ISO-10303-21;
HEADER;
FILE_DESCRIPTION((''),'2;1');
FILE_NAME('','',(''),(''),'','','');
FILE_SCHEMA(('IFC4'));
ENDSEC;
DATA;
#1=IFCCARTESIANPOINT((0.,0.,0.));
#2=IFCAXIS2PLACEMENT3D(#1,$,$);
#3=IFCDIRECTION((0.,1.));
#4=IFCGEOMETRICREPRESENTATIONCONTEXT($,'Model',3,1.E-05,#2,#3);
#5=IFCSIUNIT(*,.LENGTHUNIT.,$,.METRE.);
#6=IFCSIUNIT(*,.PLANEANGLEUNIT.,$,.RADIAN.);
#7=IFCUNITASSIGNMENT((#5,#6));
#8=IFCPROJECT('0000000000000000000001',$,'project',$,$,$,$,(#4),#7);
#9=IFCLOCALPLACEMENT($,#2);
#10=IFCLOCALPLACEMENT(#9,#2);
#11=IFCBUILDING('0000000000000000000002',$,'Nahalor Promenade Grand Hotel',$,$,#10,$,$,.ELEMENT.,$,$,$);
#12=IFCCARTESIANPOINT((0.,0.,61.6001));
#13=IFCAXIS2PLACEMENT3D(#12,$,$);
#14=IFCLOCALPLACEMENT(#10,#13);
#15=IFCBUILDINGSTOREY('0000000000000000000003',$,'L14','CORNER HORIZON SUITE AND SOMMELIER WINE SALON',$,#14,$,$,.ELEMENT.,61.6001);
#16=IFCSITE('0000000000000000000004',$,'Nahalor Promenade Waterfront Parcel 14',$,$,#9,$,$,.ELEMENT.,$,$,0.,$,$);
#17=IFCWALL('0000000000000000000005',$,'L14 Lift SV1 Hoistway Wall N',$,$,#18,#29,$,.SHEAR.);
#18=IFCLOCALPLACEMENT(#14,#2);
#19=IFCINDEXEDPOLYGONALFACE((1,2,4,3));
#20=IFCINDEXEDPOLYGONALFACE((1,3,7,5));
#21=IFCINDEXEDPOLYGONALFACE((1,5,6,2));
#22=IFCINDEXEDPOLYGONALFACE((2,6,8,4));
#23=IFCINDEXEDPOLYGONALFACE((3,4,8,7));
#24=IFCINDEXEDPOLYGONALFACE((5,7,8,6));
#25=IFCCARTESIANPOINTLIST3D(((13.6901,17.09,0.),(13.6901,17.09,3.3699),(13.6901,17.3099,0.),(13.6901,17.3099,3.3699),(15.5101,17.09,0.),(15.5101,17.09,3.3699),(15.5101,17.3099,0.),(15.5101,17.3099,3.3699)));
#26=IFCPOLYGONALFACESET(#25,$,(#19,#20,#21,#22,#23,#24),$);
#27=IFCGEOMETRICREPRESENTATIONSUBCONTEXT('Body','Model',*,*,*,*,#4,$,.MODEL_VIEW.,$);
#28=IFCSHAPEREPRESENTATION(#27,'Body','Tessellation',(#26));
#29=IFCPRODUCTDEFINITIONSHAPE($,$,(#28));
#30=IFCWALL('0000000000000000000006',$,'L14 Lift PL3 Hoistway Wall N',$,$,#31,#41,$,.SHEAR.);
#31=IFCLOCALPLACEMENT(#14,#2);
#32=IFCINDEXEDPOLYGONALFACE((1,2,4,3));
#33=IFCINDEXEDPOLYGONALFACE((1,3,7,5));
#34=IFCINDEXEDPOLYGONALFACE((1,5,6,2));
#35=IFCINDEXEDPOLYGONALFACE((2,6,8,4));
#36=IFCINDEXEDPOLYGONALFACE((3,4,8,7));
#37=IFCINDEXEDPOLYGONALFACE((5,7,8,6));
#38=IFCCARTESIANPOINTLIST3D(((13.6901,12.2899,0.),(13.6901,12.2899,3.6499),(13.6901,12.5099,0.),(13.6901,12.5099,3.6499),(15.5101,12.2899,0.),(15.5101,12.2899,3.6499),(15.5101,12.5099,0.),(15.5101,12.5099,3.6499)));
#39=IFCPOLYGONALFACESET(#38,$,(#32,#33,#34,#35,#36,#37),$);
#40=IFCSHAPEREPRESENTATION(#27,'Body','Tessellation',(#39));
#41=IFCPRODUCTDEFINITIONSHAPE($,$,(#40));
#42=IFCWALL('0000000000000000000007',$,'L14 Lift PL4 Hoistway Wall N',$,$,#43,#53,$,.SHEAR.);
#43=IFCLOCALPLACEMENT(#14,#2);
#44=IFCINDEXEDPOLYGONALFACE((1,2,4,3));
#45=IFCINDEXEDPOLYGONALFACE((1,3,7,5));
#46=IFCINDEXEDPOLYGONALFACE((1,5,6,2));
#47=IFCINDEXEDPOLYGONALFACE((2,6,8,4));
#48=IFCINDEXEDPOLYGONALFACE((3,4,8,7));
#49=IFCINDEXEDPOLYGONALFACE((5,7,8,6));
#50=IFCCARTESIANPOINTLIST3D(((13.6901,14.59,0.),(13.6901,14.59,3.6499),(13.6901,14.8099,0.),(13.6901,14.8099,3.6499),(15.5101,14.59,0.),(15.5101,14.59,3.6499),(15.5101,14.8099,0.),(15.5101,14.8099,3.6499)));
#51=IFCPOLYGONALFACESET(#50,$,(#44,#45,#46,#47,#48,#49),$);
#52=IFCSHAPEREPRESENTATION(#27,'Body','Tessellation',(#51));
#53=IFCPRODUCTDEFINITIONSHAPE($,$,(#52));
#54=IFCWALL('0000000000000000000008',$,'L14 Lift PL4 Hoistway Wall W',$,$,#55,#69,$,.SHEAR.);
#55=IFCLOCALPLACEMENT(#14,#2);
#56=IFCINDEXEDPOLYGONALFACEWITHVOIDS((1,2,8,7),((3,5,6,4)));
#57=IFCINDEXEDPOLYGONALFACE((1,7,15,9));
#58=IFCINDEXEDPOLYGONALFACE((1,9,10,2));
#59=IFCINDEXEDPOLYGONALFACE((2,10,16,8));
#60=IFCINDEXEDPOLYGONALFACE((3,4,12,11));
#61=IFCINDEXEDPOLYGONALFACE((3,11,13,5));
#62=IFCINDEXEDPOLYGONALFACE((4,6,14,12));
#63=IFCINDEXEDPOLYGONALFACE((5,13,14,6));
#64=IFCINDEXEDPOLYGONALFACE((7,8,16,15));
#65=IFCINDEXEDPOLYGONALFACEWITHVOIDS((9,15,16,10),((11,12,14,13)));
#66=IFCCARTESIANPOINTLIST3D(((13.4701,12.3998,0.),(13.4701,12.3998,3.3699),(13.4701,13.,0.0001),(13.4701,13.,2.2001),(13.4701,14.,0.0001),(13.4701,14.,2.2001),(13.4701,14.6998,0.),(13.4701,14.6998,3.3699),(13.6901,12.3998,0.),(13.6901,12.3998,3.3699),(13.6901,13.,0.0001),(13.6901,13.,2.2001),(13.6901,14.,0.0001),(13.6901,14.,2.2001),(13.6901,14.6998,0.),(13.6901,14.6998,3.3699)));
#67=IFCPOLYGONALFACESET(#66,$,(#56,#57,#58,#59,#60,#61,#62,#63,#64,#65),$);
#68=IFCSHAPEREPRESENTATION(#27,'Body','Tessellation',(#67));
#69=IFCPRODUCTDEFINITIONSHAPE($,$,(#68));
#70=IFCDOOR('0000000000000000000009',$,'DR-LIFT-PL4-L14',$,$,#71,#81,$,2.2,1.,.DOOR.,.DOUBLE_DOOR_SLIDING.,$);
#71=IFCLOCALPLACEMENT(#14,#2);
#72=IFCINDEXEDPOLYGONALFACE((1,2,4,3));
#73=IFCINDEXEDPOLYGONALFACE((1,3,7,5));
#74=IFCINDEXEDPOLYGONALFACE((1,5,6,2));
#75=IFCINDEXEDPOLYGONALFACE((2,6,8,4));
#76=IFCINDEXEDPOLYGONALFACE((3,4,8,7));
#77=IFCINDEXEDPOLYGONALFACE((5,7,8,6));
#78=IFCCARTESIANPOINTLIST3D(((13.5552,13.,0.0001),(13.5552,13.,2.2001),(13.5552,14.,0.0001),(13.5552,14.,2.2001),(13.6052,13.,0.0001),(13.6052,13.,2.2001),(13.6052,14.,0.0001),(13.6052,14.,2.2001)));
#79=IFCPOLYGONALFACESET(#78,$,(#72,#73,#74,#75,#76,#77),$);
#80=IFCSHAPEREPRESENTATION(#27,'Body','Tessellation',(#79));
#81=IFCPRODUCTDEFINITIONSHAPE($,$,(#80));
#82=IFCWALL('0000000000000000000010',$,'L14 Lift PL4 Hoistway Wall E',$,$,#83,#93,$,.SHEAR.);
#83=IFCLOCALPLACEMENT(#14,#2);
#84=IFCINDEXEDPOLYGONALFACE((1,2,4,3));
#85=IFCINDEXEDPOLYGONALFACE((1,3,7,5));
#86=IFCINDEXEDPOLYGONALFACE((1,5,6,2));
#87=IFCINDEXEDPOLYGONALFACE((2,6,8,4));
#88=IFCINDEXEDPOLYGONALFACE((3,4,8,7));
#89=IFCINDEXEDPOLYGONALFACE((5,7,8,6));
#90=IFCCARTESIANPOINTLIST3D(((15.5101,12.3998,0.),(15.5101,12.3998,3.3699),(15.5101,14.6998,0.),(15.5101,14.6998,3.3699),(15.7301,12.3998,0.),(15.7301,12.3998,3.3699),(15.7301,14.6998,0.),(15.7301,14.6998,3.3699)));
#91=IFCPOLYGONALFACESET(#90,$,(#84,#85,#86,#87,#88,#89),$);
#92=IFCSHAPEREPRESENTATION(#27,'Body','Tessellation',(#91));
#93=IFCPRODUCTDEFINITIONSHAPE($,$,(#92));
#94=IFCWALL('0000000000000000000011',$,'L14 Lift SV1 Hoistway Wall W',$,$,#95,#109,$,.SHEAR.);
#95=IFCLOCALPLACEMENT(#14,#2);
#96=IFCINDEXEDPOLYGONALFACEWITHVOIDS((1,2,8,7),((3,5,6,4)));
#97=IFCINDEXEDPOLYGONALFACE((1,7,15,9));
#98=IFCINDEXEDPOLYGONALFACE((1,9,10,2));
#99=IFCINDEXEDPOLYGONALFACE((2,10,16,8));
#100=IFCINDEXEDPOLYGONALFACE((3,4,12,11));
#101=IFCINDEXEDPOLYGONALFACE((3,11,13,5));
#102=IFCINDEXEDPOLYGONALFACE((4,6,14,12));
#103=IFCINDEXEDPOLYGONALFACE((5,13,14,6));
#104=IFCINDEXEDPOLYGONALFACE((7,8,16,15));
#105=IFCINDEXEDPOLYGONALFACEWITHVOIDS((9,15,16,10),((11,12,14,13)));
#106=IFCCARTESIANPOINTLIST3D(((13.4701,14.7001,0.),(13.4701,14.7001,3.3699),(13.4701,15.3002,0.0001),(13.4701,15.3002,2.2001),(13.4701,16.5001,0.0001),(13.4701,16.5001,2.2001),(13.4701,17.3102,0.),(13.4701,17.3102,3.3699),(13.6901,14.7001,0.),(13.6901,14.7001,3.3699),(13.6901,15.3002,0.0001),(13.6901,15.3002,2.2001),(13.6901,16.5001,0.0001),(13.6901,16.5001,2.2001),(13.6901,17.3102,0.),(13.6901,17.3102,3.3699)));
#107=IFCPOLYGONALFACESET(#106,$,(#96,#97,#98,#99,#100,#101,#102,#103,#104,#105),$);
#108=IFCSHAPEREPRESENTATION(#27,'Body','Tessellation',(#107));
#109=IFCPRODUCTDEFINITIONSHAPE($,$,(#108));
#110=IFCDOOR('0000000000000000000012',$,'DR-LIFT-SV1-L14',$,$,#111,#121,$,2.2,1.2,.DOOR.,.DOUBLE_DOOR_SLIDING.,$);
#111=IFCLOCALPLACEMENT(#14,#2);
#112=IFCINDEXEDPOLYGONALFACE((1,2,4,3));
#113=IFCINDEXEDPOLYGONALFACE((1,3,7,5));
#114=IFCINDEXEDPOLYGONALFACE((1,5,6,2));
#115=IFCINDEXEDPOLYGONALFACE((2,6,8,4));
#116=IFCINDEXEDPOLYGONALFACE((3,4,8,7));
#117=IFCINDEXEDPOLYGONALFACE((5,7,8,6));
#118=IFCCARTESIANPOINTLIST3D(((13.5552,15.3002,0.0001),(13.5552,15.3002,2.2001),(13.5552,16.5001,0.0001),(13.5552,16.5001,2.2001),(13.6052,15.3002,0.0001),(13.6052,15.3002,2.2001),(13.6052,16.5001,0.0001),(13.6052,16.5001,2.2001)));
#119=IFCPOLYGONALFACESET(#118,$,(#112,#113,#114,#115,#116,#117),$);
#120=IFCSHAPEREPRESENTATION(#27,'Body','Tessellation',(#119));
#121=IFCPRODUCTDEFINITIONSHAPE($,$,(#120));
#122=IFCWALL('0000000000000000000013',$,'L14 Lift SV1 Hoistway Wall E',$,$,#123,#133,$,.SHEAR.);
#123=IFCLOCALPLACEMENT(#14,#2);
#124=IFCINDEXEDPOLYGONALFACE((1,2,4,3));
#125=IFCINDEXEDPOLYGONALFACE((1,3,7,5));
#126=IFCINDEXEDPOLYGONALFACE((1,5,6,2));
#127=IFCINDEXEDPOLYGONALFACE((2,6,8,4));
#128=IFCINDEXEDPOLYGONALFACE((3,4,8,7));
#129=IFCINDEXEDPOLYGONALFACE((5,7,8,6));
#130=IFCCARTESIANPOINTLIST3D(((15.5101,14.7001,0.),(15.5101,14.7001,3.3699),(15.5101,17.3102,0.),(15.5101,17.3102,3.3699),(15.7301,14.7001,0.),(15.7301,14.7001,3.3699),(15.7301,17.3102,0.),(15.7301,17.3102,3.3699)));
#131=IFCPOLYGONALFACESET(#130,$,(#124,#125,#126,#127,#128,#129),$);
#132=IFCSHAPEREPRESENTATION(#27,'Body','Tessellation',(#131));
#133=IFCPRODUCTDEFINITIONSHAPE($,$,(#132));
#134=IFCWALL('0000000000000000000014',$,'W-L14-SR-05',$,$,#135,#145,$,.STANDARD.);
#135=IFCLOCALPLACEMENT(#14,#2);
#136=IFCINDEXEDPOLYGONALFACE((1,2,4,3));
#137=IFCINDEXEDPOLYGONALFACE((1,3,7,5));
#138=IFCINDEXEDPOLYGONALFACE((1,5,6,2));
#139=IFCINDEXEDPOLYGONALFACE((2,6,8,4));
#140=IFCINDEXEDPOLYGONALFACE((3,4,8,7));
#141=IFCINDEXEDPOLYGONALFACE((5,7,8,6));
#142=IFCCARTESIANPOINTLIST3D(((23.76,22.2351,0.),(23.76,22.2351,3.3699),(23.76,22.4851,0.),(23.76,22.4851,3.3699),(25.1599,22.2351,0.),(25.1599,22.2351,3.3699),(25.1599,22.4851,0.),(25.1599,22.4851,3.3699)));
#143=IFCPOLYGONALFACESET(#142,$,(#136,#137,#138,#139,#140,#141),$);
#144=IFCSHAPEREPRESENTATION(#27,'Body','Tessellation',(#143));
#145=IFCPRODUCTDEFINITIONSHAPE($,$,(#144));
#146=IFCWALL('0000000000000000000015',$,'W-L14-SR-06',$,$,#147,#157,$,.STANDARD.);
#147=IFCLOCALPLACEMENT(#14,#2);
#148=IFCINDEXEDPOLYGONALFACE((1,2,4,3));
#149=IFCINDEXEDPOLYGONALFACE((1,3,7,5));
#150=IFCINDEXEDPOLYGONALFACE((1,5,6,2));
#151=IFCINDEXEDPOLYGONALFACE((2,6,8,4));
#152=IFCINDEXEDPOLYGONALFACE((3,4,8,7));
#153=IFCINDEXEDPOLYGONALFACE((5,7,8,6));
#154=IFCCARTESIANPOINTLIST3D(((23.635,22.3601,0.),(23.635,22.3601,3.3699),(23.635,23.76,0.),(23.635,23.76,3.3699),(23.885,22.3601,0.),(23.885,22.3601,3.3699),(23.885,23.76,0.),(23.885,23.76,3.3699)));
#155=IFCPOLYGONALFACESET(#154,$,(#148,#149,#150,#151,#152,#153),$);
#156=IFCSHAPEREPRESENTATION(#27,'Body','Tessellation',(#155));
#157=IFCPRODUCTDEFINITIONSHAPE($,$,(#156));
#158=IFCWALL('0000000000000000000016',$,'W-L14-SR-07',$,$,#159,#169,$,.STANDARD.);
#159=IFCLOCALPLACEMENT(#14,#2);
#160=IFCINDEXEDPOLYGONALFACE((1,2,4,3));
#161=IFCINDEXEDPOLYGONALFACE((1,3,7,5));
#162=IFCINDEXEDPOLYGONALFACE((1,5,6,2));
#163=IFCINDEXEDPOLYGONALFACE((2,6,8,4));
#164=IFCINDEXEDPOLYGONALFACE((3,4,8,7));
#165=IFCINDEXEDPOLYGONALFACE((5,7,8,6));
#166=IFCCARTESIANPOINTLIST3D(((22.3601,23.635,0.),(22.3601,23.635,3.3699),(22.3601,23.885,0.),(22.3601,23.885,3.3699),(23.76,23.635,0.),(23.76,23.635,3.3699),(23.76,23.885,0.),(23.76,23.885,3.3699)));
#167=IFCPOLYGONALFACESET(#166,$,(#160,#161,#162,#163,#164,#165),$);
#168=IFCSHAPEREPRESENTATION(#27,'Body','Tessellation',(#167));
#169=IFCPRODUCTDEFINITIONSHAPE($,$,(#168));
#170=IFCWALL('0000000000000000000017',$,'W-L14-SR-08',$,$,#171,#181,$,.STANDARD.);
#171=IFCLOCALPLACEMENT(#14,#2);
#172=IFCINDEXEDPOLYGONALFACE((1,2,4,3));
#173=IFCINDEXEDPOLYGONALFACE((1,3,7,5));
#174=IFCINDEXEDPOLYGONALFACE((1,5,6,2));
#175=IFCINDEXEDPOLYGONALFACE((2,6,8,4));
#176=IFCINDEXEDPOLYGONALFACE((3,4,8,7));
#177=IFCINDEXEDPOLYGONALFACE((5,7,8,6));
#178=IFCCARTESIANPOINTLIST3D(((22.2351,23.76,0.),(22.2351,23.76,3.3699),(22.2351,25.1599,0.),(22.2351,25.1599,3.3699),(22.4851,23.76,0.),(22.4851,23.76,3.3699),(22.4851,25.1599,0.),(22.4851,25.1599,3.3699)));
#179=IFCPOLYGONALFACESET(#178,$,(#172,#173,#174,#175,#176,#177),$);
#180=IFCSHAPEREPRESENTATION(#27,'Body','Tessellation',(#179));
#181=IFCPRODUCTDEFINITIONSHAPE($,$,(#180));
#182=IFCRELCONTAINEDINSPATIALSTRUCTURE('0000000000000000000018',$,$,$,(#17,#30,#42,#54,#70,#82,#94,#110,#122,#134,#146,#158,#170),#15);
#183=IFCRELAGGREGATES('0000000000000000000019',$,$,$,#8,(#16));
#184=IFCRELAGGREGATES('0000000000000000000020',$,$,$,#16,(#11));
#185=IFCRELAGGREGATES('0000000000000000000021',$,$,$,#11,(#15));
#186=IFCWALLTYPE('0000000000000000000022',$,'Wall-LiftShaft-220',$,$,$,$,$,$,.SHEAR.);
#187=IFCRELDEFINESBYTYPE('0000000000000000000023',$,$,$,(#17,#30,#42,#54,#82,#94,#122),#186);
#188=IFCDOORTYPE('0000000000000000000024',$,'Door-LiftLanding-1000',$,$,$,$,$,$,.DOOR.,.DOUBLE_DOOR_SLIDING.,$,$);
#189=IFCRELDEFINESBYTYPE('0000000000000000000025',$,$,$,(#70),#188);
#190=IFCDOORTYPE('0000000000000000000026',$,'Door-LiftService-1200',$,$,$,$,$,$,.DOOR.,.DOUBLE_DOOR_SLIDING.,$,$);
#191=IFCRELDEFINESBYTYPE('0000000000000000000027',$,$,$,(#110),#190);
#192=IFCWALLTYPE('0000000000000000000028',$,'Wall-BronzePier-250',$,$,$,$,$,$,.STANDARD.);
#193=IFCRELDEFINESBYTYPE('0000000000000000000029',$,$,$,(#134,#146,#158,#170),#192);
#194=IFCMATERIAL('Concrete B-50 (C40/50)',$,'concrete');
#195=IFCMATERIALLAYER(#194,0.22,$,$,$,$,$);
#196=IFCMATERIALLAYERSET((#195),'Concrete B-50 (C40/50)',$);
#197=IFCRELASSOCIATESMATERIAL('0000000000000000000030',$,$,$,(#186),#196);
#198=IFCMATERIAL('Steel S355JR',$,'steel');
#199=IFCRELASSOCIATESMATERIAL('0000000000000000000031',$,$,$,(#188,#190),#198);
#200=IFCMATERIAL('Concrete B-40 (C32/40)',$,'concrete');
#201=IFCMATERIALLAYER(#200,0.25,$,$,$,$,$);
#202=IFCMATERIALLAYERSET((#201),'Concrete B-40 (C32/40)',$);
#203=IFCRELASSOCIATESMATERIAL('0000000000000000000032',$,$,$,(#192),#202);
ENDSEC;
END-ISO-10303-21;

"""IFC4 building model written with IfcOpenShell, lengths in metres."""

from ifc_helpers import new_model, si_unit, direction, frame, frame_2d, origin, place, context, subcontext, project, spatial, rectangle, extrude, source, transform, mapped, material, layer, layer_set, type_object, element, fill, save


model = new_model("IFC4")

# Units and contexts
model_context = context("Model", 3, precision=1e-05, world=origin(), true_north=direction((0.0, 1.0)))
body_context = subcontext(model_context, "Body", "Model", "MODEL_VIEW")
ifc_project = project(units=[si_unit("LENGTHUNIT", "METRE"), si_unit("PLANEANGLEUNIT", "RADIAN")], contexts=[model_context])

# Site, building, storey
site_placement = place(None, origin())
site = spatial("IfcSite", under=ifc_project, at=site_placement, Name="Nahalor Promenade Waterfront Parcel 14", CompositionType="ELEMENT", RefElevation=0.0)
building_placement = place(site_placement, origin())
building = spatial("IfcBuilding", under=site, at=building_placement, Name="Nahalor Promenade Grand Hotel", CompositionType="ELEMENT")
storey_placement = place(building_placement, frame((0.0, 0.0, 61.6001)))
storey = spatial("IfcBuildingStorey", under=building, at=storey_placement, Name="L14", Description="CORNER HORIZON SUITE AND SOMMELIER WINE SALON", CompositionType="ELEMENT", Elevation=61.6001)

# Shared definitions
ifc_material_1 = material(Name="Steel S355JR", Category="steel")

# Walls
ifc_material_2 = material(Name="Concrete B-50 (C40/50)", Category="concrete")
ifc_layer_1 = layer(ifc_material_2, 0.22)
ifc_layer_set_1 = layer_set([ifc_layer_1], Name="Concrete B-50 (C40/50)")
wall_type_1 = type_object("IfcWallType", Name="Wall-LiftShaft-220", PredefinedType="SHEAR", material=ifc_layer_set_1)
shared_shape_1 = source(origin(), body_context, "Body", "SweptSolid", [
    extrude(rectangle(XDim=1.8201, YDim=0.22, at=frame_2d((0.9102, 0.0))), origin(), (0.0, 0.0, 1.0), 3.3699),
])
wall_1_placement = place(storey_placement, frame((13.6899, 17.2, 0.0), z_axis=(0.0, 0.0, 1.0), x_axis=(1.0, 0.0, 0.0)))
element("IfcWall", 1, at=wall_1_placement, inside=storey, type_object=wall_type_1, Name="L14 Lift SV1 Hoistway Wall N", PredefinedType="SHEAR", context=body_context, shape_type="MappedRepresentation", body=[
    mapped(shared_shape_1, transform((0.0, 0.0, 0.0), scale=1.0)),
])
shared_shape_2 = source(origin(), body_context, "Body", "SweptSolid", [
    extrude(rectangle(XDim=1.8201, YDim=0.22, at=frame_2d((0.9102, 0.0))), origin(), (0.0, 0.0, 1.0), 3.6499),
])
for number, where, z_axis, x_axis, name in (
    (2, (13.6899, 12.3999, 0.0), (0.0, 0.0, 1.0), (1.0, 0.0, 0.0), "L14 Lift PL3 Hoistway Wall N"),
    (3, (13.6899, 14.7, 0.0), (0.0, 0.0, 1.0), (1.0, 0.0, 0.0), "L14 Lift PL4 Hoistway Wall N"),
):
    element("IfcWall", number, at=place(storey_placement, frame(where, z_axis=z_axis, x_axis=x_axis)), inside=storey, type_object=wall_type_1, Name=name, PredefinedType="SHEAR", context=body_context, shape_type="MappedRepresentation", body=[
        mapped(shared_shape_2, transform((0.0, 0.0, 0.0), scale=1.0)),
    ])

# Wall, opening, door
shared_shape_3 = source(origin(), body_context, "Body", "SweptSolid", [
    extrude(rectangle(XDim=2.3, YDim=0.22, at=frame_2d((1.1499, 0.0))), origin(), (0.0, 0.0, 1.0), 3.3699),
])
wall_2_placement = place(storey_placement, frame((13.5801, 12.3999, 0.0), z_axis=(0.0, 0.0, 1.0), x_axis=(0.0, 1.0, 0.0)))
wall_2 = element("IfcWall", 4, at=wall_2_placement, inside=storey, type_object=wall_type_1, Name="L14 Lift PL4 Hoistway Wall W", PredefinedType="SHEAR", context=body_context, shape_type="MappedRepresentation", body=[
    mapped(shared_shape_3, transform((0.0, 0.0, 0.0), scale=1.0)),
])
opening_1_placement = place(wall_2_placement, frame((0.6001, 0.0, 0.0)))
opening_1 = element("IfcOpeningElement", 5, at=opening_1_placement, cuts=wall_2, PredefinedType="OPENING", context=body_context, shape_type="SweptSolid", body=[
    extrude(rectangle(XDim=1.0, YDim=2.2, at=frame_2d((0.5, 1.1001))), frame((0.0, 0.1199, 0.0), z_axis=(0.0, -1.0, 0.0), x_axis=(1.0, 0.0, 0.0)), (0.0, 0.0, 1.0), 0.24),
])
door_type_1 = type_object("IfcDoorType", Name="Door-LiftLanding-1000", OperationType="DOUBLE_DOOR_SLIDING", PredefinedType="DOOR", material=ifc_material_1)
shared_shape_4 = source(origin(), body_context, "Body", "SweptSolid", [
    extrude(rectangle(XDim=1.0, YDim=2.2, at=frame_2d((0.5, 1.1001))), frame((0.0, 0.0249, 0.0), z_axis=(0.0, -1.0, 0.0), x_axis=(1.0, 0.0, 0.0)), (0.0, 0.0, 1.0), 0.05),
])
door_1_placement = place(opening_1_placement, origin())
door_1 = element("IfcDoor", 6, at=door_1_placement, inside=storey, type_object=door_type_1, Name="DR-LIFT-PL4-L14", OperationType="DOUBLE_DOOR_SLIDING", OverallHeight=2.2, OverallWidth=1.0, PredefinedType="DOOR", context=body_context, shape_type="MappedRepresentation", body=[
    mapped(shared_shape_4, transform((0.0, 0.0, 0.0), scale=1.0)),
])
fill(opening_1, door_1)

# Wall
wall_3_placement = place(storey_placement, frame((15.6201, 12.3999, 0.0), z_axis=(0.0, 0.0, 1.0), x_axis=(0.0, 1.0, 0.0)))
element("IfcWall", 7, at=wall_3_placement, inside=storey, type_object=wall_type_1, Name="L14 Lift PL4 Hoistway Wall E", PredefinedType="SHEAR", context=body_context, shape_type="MappedRepresentation", body=[
    mapped(shared_shape_3, transform((0.0, 0.0, 0.0), scale=1.0)),
])

# Wall, opening, door
shared_shape_5 = source(origin(), body_context, "Body", "SweptSolid", [
    extrude(rectangle(XDim=2.6101, YDim=0.22, at=frame_2d((1.3052, 0.0))), origin(), (0.0, 0.0, 1.0), 3.3699),
])
wall_4_placement = place(storey_placement, frame((13.5801, 14.7, 0.0), z_axis=(0.0, 0.0, 1.0), x_axis=(0.0, 1.0, 0.0)))
wall_4 = element("IfcWall", 8, at=wall_4_placement, inside=storey, type_object=wall_type_1, Name="L14 Lift SV1 Hoistway Wall W", PredefinedType="SHEAR", context=body_context, shape_type="MappedRepresentation", body=[
    mapped(shared_shape_5, transform((0.0, 0.0, 0.0), scale=1.0)),
])
opening_2_placement = place(wall_4_placement, frame((0.6001, 0.0, 0.0)))
opening_2 = element("IfcOpeningElement", 9, at=opening_2_placement, cuts=wall_4, PredefinedType="OPENING", context=body_context, shape_type="SweptSolid", body=[
    extrude(rectangle(XDim=1.2, YDim=2.2, at=frame_2d((0.6001, 1.1001))), frame((0.0, 0.1199, 0.0), z_axis=(0.0, -1.0, 0.0), x_axis=(1.0, 0.0, 0.0)), (0.0, 0.0, 1.0), 0.24),
])
door_type_2 = type_object("IfcDoorType", Name="Door-LiftService-1200", OperationType="DOUBLE_DOOR_SLIDING", PredefinedType="DOOR", material=ifc_material_1)
shared_shape_6 = source(origin(), body_context, "Body", "SweptSolid", [
    extrude(rectangle(XDim=1.2, YDim=2.2, at=frame_2d((0.6001, 1.1001))), frame((0.0, 0.0249, 0.0), z_axis=(0.0, -1.0, 0.0), x_axis=(1.0, 0.0, 0.0)), (0.0, 0.0, 1.0), 0.05),
])
door_2_placement = place(opening_2_placement, origin())
door_2 = element("IfcDoor", 10, at=door_2_placement, inside=storey, type_object=door_type_2, Name="DR-LIFT-SV1-L14", OperationType="DOUBLE_DOOR_SLIDING", OverallHeight=2.2, OverallWidth=1.2, PredefinedType="DOOR", context=body_context, shape_type="MappedRepresentation", body=[
    mapped(shared_shape_6, transform((0.0, 0.0, 0.0), scale=1.0)),
])
fill(opening_2, door_2)

# Walls
wall_5_placement = place(storey_placement, frame((15.6201, 14.7, 0.0), z_axis=(0.0, 0.0, 1.0), x_axis=(0.0, 1.0, 0.0)))
element("IfcWall", 11, at=wall_5_placement, inside=storey, type_object=wall_type_1, Name="L14 Lift SV1 Hoistway Wall E", PredefinedType="SHEAR", context=body_context, shape_type="MappedRepresentation", body=[
    mapped(shared_shape_5, transform((0.0, 0.0, 0.0), scale=1.0)),
])
ifc_material_3 = material(Name="Concrete B-40 (C32/40)", Category="concrete")
ifc_layer_2 = layer(ifc_material_3, 0.25)
ifc_layer_set_2 = layer_set([ifc_layer_2], Name="Concrete B-40 (C32/40)")
wall_type_2 = type_object("IfcWallType", Name="Wall-BronzePier-250", PredefinedType="STANDARD", material=ifc_layer_set_2)
shared_shape_7 = source(origin(), body_context, "Body", "SweptSolid", [
    extrude(rectangle(XDim=1.3999, YDim=0.25, at=frame_2d((0.7, 0.0))), origin(), (0.0, 0.0, 1.0), 3.3699),
])
for number, where, z_axis, x_axis, name in (
    (12, (23.76, 22.3601, 0.0), (0.0, 0.0, 1.0), (1.0, 0.0, 0.0), "W-L14-SR-05"),
    (13, (23.76, 22.3601, 0.0), (0.0, 0.0, 1.0), (0.0, 1.0, 0.0), "W-L14-SR-06"),
    (14, (22.3601, 23.76, 0.0), (0.0, 0.0, 1.0), (1.0, 0.0, 0.0), "W-L14-SR-07"),
    (15, (22.3601, 23.76, 0.0), (0.0, 0.0, 1.0), (0.0, 1.0, 0.0), "W-L14-SR-08"),
):
    element("IfcWall", number, at=place(storey_placement, frame(where, z_axis=z_axis, x_axis=x_axis)), inside=storey, type_object=wall_type_2, Name=name, PredefinedType="STANDARD", context=body_context, shape_type="MappedRepresentation", body=[
        mapped(shared_shape_7, transform((0.0, 0.0, 0.0), scale=1.0)),
    ])

save(model, "model.ifc")
